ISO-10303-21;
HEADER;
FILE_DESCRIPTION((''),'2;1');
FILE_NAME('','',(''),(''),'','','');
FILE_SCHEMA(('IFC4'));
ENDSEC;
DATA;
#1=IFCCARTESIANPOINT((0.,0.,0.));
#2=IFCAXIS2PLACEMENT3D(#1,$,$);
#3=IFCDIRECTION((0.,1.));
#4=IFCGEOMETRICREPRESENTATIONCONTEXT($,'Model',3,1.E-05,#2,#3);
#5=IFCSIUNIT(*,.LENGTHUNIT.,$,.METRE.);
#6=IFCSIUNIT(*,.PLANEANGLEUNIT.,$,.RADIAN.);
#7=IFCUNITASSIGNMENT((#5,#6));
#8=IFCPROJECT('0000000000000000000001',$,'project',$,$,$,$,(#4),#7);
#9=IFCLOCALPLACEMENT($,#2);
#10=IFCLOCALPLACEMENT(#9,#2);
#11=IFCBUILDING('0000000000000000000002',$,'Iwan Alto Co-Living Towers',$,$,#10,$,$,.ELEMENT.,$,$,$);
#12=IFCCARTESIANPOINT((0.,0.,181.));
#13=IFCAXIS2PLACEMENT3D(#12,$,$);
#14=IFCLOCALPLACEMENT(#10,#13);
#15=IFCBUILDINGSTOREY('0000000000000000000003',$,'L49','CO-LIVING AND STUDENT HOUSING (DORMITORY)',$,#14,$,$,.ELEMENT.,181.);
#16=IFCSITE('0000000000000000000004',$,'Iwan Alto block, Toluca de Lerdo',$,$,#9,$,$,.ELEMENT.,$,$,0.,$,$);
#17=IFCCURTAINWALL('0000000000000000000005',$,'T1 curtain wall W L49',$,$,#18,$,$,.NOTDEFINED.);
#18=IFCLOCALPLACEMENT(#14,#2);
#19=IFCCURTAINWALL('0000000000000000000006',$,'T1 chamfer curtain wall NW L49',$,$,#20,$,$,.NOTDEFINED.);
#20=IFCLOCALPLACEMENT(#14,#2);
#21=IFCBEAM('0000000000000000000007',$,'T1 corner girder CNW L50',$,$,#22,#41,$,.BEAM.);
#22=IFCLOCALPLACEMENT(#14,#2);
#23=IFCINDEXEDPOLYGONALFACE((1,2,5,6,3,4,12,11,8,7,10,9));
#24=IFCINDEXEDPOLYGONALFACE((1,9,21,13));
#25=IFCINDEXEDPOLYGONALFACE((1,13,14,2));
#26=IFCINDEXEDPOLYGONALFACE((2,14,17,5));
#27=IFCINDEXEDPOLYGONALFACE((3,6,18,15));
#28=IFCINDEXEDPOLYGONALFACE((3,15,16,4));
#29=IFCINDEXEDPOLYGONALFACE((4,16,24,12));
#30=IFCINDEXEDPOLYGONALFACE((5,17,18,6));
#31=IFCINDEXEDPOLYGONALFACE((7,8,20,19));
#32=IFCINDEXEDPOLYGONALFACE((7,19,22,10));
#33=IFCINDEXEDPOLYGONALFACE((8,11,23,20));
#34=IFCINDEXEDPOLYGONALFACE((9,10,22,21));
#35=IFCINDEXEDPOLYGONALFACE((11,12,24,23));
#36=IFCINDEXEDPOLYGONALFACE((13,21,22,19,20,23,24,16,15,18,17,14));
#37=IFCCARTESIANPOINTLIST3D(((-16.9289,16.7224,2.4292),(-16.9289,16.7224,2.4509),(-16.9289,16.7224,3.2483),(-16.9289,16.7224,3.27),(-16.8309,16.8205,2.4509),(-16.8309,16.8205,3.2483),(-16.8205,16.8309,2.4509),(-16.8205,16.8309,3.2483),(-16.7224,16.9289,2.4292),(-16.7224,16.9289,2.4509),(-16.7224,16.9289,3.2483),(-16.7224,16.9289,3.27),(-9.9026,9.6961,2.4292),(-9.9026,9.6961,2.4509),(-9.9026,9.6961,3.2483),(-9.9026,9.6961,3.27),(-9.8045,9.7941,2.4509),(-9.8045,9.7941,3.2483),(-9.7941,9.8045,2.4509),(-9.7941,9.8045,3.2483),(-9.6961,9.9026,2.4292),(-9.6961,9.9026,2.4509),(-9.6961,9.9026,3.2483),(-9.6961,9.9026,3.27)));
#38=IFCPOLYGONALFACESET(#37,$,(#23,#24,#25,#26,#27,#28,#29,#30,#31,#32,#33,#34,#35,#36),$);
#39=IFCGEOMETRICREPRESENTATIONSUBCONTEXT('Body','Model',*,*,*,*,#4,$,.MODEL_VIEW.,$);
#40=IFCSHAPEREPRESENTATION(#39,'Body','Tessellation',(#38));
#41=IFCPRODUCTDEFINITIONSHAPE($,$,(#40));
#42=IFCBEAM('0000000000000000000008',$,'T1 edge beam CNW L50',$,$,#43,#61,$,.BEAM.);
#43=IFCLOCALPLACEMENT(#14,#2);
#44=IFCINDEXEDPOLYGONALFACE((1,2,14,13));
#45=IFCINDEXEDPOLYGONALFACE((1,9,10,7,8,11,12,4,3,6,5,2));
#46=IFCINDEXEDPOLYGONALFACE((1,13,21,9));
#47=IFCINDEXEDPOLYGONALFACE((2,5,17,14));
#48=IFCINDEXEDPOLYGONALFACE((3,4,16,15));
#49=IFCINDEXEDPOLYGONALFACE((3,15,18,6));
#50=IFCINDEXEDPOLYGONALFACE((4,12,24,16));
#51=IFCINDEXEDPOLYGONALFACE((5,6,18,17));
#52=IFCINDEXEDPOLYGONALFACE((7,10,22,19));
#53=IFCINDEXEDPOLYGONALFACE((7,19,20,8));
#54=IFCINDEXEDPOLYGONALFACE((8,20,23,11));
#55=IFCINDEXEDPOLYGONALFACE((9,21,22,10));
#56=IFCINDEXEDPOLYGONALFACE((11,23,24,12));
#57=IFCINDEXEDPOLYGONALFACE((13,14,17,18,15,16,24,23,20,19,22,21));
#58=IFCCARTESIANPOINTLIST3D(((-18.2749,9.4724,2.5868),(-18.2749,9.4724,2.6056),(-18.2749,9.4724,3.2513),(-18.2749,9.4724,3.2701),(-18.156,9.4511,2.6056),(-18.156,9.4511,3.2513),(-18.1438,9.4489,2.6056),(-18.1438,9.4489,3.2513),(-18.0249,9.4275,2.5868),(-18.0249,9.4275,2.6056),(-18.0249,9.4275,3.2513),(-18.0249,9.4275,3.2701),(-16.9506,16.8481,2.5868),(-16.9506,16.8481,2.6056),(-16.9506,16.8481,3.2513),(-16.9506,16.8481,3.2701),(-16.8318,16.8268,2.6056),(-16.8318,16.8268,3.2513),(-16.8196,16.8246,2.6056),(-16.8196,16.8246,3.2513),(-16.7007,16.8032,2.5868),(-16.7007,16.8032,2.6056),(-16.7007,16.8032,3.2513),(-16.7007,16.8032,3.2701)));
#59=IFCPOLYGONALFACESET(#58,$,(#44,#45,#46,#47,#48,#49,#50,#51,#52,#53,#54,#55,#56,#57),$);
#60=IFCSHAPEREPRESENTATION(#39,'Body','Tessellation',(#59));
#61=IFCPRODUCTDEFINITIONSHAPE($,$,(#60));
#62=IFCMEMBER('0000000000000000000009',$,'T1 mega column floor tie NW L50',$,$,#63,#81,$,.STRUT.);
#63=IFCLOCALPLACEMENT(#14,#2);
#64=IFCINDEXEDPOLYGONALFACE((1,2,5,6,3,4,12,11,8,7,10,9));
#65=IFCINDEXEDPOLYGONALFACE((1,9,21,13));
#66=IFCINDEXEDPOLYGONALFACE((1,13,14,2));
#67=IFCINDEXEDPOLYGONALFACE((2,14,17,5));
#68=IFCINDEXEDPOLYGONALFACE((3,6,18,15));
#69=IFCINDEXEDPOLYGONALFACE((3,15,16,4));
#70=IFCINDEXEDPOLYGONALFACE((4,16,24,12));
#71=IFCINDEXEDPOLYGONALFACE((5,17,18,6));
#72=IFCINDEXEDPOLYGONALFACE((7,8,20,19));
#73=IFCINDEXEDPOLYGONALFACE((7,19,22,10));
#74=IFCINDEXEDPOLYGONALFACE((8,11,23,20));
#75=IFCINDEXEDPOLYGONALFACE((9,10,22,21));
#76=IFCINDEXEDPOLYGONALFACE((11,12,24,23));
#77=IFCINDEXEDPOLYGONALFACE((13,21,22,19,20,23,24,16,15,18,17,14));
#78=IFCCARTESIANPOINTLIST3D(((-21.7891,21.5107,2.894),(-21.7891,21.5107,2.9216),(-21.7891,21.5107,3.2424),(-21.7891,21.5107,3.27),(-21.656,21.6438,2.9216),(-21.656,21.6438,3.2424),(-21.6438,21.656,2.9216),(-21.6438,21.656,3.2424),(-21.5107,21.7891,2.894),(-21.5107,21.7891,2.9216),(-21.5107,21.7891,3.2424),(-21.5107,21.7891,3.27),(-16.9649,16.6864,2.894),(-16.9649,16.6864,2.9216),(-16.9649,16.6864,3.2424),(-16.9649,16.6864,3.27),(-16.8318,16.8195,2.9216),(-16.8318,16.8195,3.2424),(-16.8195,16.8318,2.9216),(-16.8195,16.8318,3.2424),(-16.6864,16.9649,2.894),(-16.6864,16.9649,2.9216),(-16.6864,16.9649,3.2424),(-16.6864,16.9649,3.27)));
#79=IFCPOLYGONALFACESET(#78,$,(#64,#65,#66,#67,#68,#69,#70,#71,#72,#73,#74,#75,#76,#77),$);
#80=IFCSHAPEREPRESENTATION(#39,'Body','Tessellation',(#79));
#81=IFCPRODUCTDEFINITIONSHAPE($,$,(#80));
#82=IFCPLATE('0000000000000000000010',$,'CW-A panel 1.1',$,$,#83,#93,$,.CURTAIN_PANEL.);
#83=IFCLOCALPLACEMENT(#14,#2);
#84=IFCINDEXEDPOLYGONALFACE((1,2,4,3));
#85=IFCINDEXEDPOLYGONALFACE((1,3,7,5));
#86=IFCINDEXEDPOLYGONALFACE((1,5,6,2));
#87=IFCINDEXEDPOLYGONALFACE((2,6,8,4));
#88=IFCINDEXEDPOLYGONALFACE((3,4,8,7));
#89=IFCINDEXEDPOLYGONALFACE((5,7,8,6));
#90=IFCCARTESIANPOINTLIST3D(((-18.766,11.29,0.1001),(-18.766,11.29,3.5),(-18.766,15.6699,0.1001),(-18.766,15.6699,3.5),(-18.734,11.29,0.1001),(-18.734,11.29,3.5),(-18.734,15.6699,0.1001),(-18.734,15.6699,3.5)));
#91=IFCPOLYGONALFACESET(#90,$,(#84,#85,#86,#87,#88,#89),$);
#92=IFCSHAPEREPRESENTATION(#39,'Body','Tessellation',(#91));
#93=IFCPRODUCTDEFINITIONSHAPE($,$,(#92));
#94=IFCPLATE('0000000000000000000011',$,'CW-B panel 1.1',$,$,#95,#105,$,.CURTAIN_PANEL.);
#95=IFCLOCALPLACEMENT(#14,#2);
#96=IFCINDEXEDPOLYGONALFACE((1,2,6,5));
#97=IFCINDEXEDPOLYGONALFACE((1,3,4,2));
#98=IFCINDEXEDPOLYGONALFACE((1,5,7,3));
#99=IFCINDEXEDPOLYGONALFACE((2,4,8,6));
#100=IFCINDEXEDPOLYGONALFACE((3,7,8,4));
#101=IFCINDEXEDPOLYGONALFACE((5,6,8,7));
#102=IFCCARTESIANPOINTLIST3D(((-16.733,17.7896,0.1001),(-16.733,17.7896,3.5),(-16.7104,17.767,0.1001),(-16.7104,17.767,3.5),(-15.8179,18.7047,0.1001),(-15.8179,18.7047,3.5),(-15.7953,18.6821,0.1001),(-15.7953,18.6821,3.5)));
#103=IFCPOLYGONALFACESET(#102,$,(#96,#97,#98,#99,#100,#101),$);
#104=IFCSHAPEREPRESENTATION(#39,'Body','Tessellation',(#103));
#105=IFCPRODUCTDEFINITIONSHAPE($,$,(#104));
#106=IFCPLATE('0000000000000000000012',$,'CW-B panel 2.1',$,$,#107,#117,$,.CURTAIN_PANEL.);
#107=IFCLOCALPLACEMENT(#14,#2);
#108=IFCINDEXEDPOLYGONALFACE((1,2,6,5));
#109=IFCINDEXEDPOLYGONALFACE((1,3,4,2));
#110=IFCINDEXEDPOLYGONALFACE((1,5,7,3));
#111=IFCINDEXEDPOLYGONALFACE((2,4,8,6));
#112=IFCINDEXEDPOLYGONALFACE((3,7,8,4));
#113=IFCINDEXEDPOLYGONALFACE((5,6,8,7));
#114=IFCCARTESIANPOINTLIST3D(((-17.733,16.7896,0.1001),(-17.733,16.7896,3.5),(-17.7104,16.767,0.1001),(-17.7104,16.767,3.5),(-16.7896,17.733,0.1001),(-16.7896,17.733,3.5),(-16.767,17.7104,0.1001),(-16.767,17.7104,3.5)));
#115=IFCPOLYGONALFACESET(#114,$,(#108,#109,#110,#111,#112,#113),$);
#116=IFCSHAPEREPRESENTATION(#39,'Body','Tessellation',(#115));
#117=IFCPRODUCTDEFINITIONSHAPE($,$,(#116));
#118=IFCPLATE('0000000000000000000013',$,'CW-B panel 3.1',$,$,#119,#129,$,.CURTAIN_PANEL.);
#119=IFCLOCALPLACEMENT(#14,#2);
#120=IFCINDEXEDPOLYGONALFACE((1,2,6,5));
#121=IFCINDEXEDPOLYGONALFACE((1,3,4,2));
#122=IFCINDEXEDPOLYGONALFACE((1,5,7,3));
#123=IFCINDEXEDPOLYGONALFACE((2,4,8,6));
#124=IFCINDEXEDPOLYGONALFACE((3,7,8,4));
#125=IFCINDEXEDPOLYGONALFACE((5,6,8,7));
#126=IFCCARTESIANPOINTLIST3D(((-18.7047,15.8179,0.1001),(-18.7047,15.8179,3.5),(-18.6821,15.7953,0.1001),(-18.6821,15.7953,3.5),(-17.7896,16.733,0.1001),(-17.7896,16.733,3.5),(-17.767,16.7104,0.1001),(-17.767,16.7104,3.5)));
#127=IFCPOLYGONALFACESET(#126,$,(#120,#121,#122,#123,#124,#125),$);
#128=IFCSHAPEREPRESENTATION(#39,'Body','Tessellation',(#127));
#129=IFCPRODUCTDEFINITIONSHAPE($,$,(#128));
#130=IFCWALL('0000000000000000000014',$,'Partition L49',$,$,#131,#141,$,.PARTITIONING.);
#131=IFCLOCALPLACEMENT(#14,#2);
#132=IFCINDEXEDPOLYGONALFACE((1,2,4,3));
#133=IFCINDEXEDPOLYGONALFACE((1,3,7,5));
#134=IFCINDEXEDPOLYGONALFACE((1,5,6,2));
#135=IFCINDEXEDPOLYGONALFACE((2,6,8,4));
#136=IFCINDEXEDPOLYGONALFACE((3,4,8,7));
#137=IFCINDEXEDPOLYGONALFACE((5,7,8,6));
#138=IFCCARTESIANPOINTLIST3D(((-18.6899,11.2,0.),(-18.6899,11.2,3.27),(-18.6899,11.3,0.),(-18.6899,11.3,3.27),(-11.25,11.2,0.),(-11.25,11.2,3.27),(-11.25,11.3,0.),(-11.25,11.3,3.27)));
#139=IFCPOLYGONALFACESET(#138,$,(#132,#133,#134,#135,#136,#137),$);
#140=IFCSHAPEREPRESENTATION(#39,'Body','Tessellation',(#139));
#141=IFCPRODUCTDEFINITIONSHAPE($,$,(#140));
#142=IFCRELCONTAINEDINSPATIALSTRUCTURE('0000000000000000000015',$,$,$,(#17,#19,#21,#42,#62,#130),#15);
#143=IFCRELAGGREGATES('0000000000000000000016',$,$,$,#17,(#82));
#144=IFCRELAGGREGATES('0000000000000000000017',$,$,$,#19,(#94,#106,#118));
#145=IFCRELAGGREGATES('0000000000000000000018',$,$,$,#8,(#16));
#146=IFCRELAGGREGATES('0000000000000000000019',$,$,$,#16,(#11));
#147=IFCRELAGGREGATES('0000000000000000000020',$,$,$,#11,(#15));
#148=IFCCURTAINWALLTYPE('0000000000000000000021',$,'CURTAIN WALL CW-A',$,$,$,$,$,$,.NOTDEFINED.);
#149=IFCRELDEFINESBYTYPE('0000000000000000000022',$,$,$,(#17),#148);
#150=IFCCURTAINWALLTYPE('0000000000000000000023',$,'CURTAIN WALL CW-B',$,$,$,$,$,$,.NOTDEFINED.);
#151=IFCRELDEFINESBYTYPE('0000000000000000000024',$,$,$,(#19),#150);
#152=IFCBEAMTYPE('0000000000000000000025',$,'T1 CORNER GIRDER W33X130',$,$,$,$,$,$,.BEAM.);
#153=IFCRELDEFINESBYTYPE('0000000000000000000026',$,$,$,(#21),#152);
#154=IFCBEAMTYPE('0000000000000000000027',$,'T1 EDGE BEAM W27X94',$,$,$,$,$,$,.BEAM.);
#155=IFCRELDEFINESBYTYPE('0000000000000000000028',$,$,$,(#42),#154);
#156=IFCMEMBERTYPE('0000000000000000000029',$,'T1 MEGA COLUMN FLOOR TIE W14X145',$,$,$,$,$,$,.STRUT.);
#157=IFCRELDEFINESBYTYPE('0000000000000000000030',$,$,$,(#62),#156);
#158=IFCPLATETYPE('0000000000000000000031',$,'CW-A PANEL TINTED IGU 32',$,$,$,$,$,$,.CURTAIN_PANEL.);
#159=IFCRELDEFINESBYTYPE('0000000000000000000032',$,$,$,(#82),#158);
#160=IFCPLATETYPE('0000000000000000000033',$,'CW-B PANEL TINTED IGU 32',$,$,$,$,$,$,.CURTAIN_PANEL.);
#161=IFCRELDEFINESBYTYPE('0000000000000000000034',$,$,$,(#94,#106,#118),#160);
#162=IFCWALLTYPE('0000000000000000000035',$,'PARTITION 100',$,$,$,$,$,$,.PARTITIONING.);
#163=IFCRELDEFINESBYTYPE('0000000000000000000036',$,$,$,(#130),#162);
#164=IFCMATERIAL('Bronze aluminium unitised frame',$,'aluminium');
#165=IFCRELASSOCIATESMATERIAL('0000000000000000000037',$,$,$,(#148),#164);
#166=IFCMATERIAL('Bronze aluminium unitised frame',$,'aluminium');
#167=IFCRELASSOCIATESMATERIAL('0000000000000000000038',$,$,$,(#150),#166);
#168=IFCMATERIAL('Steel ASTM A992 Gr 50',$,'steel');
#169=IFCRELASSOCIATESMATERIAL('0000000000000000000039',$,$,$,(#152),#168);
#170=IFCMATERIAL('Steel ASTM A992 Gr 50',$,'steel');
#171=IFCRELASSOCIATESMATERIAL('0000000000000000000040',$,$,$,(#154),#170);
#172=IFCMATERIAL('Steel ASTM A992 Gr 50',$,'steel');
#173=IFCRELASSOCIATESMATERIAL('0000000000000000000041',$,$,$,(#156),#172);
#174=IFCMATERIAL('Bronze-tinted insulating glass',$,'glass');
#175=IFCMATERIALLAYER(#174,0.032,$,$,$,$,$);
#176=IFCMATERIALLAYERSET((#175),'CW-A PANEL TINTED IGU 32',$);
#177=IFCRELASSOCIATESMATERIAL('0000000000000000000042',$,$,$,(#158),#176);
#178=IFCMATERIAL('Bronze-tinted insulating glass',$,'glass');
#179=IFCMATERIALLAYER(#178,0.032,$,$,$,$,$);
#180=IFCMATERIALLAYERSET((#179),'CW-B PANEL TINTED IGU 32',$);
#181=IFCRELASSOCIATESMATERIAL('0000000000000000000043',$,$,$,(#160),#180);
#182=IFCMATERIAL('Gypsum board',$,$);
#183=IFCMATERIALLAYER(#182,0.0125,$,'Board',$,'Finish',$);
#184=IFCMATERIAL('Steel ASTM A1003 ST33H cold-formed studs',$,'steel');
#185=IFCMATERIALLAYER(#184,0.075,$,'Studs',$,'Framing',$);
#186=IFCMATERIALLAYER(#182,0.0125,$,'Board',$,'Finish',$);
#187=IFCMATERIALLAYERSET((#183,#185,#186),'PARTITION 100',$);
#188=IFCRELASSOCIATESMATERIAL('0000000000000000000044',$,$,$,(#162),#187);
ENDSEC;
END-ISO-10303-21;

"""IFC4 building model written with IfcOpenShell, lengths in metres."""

from ifc_helpers import new_model, si_unit, direction, frame, frame_2d, origin, origin_2d, place, context, subcontext, project, spatial, rectangle, i_section, extrude, material, layer, layer_set, material_profile, profile_set, type_object, element, aggregate, save


model = new_model("IFC4")

# Units and contexts
model_context = context("Model", 3, precision=1e-05, world=origin(), true_north=direction((0.0, 1.0)))
body_context = subcontext(model_context, "Body", "Model", "MODEL_VIEW")
ifc_project = project(units=[si_unit("LENGTHUNIT", "METRE"), si_unit("PLANEANGLEUNIT", "RADIAN")], contexts=[model_context])

# Site, building, storey
site_placement = place(None, origin())
site = spatial("IfcSite", under=ifc_project, at=site_placement, Name="Iwan Alto block, Toluca de Lerdo", CompositionType="ELEMENT", RefElevation=0.0)
building_placement = place(site_placement, origin())
building = spatial("IfcBuilding", under=site, at=building_placement, Name="Iwan Alto Co-Living Towers", CompositionType="ELEMENT")
storey_placement = place(building_placement, frame((0.0, 0.0, 181.0)))
storey = spatial("IfcBuildingStorey", under=building, at=storey_placement, Name="L49", Description="CO-LIVING AND STUDENT HOUSING (DORMITORY)", CompositionType="ELEMENT", Elevation=181.0)

# Shared definitions
ifc_material_1 = material(Name="Bronze aluminium unitised frame", Category="aluminium")
curtain_wall_type_1 = type_object("IfcCurtainWallType", Name="CURTAIN WALL CW-A", PredefinedType="NOTDEFINED", material=ifc_material_1)

# Curtain walls
curtain_wall_1_placement = place(storey_placement, origin())
curtain_wall_1 = element("IfcCurtainWall", 1, at=curtain_wall_1_placement, inside=storey, type_object=curtain_wall_type_1, Name="T1 curtain wall W L49", PredefinedType="NOTDEFINED")
ifc_material_2 = material(Name="Bronze aluminium unitised frame", Category="aluminium")
curtain_wall_type_2 = type_object("IfcCurtainWallType", Name="CURTAIN WALL CW-B", PredefinedType="NOTDEFINED", material=ifc_material_2)
curtain_wall_2_placement = place(storey_placement, origin())
curtain_wall_2 = element("IfcCurtainWall", 2, at=curtain_wall_2_placement, inside=storey, type_object=curtain_wall_type_2, Name="T1 chamfer curtain wall NW L49", PredefinedType="NOTDEFINED")

# Beams
ifc_material_3 = material(Name="Steel ASTM A992 Gr 50", Category="steel")
ifc_material_profile_1 = material_profile(ifc_material_3, i_section(OverallWidth=0.292, OverallDepth=0.8408, WebThickness=0.0146, FlangeThickness=0.0217, at=origin_2d()), Name="W33X130")
ifc_profile_set_1 = profile_set([ifc_material_profile_1], Name="Steel ASTM A992 Gr 50")
beam_type_1 = type_object("IfcBeamType", Name="T1 CORNER GIRDER W33X130", PredefinedType="BEAM", material=ifc_profile_set_1)
beam_1_placement = place(storey_placement, frame((-16.8257, 16.8257, 2.8496), z_axis=(0.707107, -0.707107, 0.0), x_axis=(0.707107, 0.707107, 0.0)))
element("IfcBeam", 3, at=beam_1_placement, inside=storey, type_object=beam_type_1, Name="T1 corner girder CNW L50", PredefinedType="BEAM", context=body_context, shape_type="SweptSolid", body=[
    extrude(i_section(OverallWidth=0.292, OverallDepth=0.8408, WebThickness=0.0146, FlangeThickness=0.0217, at=origin_2d()), origin(), (0.0, 0.0, 1.0), 9.9368),
])
ifc_material_4 = material(Name="Steel ASTM A992 Gr 50", Category="steel")
ifc_material_profile_2 = material_profile(ifc_material_4, i_section(OverallWidth=0.2539, OverallDepth=0.6833, WebThickness=0.0125, FlangeThickness=0.0188, at=origin_2d()), Name="W27X94")
ifc_profile_set_2 = profile_set([ifc_material_profile_2], Name="Steel ASTM A992 Gr 50")
beam_type_2 = type_object("IfcBeamType", Name="T1 EDGE BEAM W27X94", PredefinedType="BEAM", material=ifc_profile_set_2)
beam_2_placement = place(storey_placement, frame((-16.8257, 16.8257, 2.9285), z_axis=(-0.176712, -0.984263, 0.0), x_axis=(0.984263, -0.176712, 0.0)))
element("IfcBeam", 4, at=beam_2_placement, inside=storey, type_object=beam_type_2, Name="T1 edge beam CNW L50", PredefinedType="BEAM", context=body_context, shape_type="SweptSolid", body=[
    extrude(i_section(OverallWidth=0.2539, OverallDepth=0.6833, WebThickness=0.0125, FlangeThickness=0.0188, at=origin_2d()), origin(), (0.0, 0.0, 1.0), 7.4937),
])

# Member
ifc_material_5 = material(Name="Steel ASTM A992 Gr 50", Category="steel")
ifc_material_profile_3 = material_profile(ifc_material_5, i_section(OverallWidth=0.3938, OverallDepth=0.376, WebThickness=0.0173, FlangeThickness=0.0276, at=origin_2d()), Name="W14X145")
ifc_profile_set_3 = profile_set([ifc_material_profile_3], Name="Steel ASTM A992 Gr 50")
member_type_1 = type_object("IfcMemberType", Name="T1 MEGA COLUMN FLOOR TIE W14X145", PredefinedType="STRUT", material=ifc_profile_set_3)
member_1_placement = place(storey_placement, frame((-21.6499, 21.6499, 3.082), z_axis=(0.707107, -0.707107, 0.0), x_axis=(0.707107, 0.707107, 0.0)))
element("IfcMember", 5, at=member_1_placement, inside=storey, type_object=member_type_1, Name="T1 mega column floor tie NW L50", PredefinedType="STRUT", context=body_context, shape_type="SweptSolid", body=[
    extrude(i_section(OverallWidth=0.3938, OverallDepth=0.376, WebThickness=0.0173, FlangeThickness=0.0276, at=origin_2d()), origin(), (0.0, 0.0, 1.0), 6.8225),
])

# Plates
ifc_material_6 = material(Name="Bronze-tinted insulating glass", Category="glass")
ifc_layer_1 = layer(ifc_material_6, 0.032)
ifc_layer_set_1 = layer_set([ifc_layer_1], Name="CW-A PANEL TINTED IGU 32")
plate_type_1 = type_object("IfcPlateType", Name="CW-A PANEL TINTED IGU 32", PredefinedType="CURTAIN_PANEL", material=ifc_layer_set_1)
plate_1_placement = place(storey_placement, frame((-18.75, 13.48, 0.1001), z_axis=(0.0, 0.0, 1.0), x_axis=(0.0, -1.0, 0.0)))
plate_1 = element("IfcPlate", 6, at=plate_1_placement, type_object=plate_type_1, Name="CW-A panel 1.1", PredefinedType="CURTAIN_PANEL", context=body_context, shape_type="SweptSolid", body=[
    extrude(rectangle(XDim=4.3799, YDim=0.032, at=origin_2d()), origin(), (0.0, 0.0, 1.0), 3.3999),
])
aggregate(curtain_wall_1, [plate_1])
ifc_material_7 = material(Name="Bronze-tinted insulating glass", Category="glass")
ifc_layer_2 = layer(ifc_material_7, 0.032)
ifc_layer_set_2 = layer_set([ifc_layer_2], Name="CW-B PANEL TINTED IGU 32")
plate_type_2 = type_object("IfcPlateType", Name="CW-B PANEL TINTED IGU 32", PredefinedType="CURTAIN_PANEL", material=ifc_layer_set_2)
plate_2_placement = place(storey_placement, frame((-16.2642, 18.2358, 0.1001), z_axis=(0.0, 0.0, 1.0), x_axis=(-0.707107, -0.707107, 0.0)))
plate_2 = element("IfcPlate", 7, at=plate_2_placement, type_object=plate_type_2, Name="CW-B panel 1.1", PredefinedType="CURTAIN_PANEL", context=body_context, shape_type="SweptSolid", body=[
    extrude(rectangle(XDim=1.2942, YDim=0.032, at=origin_2d()), origin(), (0.0, 0.0, 1.0), 3.3999),
])
plate_3_placement = place(storey_placement, frame((-17.25, 17.25, 0.1001), z_axis=(0.0, 0.0, 1.0), x_axis=(-0.707107, -0.707107, 0.0)))
plate_3 = element("IfcPlate", 8, at=plate_3_placement, type_object=plate_type_2, Name="CW-B panel 2.1", PredefinedType="CURTAIN_PANEL", context=body_context, shape_type="SweptSolid", body=[
    extrude(rectangle(XDim=1.3342, YDim=0.032, at=origin_2d()), origin(), (0.0, 0.0, 1.0), 3.3999),
])
plate_4_placement = place(storey_placement, frame((-18.2358, 16.2642, 0.1001), z_axis=(0.0, 0.0, 1.0), x_axis=(-0.707107, -0.707107, 0.0)))
plate_4 = element("IfcPlate", 9, at=plate_4_placement, type_object=plate_type_2, Name="CW-B panel 3.1", PredefinedType="CURTAIN_PANEL", context=body_context, shape_type="SweptSolid", body=[
    extrude(rectangle(XDim=1.2942, YDim=0.032, at=origin_2d()), origin(), (0.0, 0.0, 1.0), 3.3999),
])
aggregate(curtain_wall_2, [plate_2, plate_3, plate_4])

# Wall
ifc_material_8 = material(Name="Gypsum board")
ifc_layer_3 = layer(ifc_material_8, 0.0125, Name="Board", Category="Finish")
ifc_material_9 = material(Name="Steel ASTM A1003 ST33H cold-formed studs", Category="steel")
ifc_layer_4 = layer(ifc_material_9, 0.075, Name="Studs", Category="Framing")
ifc_layer_5 = layer(ifc_material_8, 0.0125, Name="Board", Category="Finish")
ifc_layer_set_3 = layer_set([ifc_layer_3, ifc_layer_4, ifc_layer_5], Name="PARTITION 100")
wall_type = type_object("IfcWallType", Name="PARTITION 100", PredefinedType="PARTITIONING", material=ifc_layer_set_3)
wall_placement = place(storey_placement, frame((-18.6899, 11.25, 0.0), z_axis=(0.0, 0.0, 1.0), x_axis=(1.0, 0.0, 0.0)))
element("IfcWall", 10, at=wall_placement, inside=storey, type_object=wall_type, Name="Partition L49", PredefinedType="PARTITIONING", context=body_context, shape_type="SweptSolid", body=[
    extrude(rectangle(XDim=7.4399, YDim=0.1001, at=frame_2d((3.72, 0.0))), origin(), (0.0, 0.0, 1.0), 3.27),
])

save(model, "model.ifc")
